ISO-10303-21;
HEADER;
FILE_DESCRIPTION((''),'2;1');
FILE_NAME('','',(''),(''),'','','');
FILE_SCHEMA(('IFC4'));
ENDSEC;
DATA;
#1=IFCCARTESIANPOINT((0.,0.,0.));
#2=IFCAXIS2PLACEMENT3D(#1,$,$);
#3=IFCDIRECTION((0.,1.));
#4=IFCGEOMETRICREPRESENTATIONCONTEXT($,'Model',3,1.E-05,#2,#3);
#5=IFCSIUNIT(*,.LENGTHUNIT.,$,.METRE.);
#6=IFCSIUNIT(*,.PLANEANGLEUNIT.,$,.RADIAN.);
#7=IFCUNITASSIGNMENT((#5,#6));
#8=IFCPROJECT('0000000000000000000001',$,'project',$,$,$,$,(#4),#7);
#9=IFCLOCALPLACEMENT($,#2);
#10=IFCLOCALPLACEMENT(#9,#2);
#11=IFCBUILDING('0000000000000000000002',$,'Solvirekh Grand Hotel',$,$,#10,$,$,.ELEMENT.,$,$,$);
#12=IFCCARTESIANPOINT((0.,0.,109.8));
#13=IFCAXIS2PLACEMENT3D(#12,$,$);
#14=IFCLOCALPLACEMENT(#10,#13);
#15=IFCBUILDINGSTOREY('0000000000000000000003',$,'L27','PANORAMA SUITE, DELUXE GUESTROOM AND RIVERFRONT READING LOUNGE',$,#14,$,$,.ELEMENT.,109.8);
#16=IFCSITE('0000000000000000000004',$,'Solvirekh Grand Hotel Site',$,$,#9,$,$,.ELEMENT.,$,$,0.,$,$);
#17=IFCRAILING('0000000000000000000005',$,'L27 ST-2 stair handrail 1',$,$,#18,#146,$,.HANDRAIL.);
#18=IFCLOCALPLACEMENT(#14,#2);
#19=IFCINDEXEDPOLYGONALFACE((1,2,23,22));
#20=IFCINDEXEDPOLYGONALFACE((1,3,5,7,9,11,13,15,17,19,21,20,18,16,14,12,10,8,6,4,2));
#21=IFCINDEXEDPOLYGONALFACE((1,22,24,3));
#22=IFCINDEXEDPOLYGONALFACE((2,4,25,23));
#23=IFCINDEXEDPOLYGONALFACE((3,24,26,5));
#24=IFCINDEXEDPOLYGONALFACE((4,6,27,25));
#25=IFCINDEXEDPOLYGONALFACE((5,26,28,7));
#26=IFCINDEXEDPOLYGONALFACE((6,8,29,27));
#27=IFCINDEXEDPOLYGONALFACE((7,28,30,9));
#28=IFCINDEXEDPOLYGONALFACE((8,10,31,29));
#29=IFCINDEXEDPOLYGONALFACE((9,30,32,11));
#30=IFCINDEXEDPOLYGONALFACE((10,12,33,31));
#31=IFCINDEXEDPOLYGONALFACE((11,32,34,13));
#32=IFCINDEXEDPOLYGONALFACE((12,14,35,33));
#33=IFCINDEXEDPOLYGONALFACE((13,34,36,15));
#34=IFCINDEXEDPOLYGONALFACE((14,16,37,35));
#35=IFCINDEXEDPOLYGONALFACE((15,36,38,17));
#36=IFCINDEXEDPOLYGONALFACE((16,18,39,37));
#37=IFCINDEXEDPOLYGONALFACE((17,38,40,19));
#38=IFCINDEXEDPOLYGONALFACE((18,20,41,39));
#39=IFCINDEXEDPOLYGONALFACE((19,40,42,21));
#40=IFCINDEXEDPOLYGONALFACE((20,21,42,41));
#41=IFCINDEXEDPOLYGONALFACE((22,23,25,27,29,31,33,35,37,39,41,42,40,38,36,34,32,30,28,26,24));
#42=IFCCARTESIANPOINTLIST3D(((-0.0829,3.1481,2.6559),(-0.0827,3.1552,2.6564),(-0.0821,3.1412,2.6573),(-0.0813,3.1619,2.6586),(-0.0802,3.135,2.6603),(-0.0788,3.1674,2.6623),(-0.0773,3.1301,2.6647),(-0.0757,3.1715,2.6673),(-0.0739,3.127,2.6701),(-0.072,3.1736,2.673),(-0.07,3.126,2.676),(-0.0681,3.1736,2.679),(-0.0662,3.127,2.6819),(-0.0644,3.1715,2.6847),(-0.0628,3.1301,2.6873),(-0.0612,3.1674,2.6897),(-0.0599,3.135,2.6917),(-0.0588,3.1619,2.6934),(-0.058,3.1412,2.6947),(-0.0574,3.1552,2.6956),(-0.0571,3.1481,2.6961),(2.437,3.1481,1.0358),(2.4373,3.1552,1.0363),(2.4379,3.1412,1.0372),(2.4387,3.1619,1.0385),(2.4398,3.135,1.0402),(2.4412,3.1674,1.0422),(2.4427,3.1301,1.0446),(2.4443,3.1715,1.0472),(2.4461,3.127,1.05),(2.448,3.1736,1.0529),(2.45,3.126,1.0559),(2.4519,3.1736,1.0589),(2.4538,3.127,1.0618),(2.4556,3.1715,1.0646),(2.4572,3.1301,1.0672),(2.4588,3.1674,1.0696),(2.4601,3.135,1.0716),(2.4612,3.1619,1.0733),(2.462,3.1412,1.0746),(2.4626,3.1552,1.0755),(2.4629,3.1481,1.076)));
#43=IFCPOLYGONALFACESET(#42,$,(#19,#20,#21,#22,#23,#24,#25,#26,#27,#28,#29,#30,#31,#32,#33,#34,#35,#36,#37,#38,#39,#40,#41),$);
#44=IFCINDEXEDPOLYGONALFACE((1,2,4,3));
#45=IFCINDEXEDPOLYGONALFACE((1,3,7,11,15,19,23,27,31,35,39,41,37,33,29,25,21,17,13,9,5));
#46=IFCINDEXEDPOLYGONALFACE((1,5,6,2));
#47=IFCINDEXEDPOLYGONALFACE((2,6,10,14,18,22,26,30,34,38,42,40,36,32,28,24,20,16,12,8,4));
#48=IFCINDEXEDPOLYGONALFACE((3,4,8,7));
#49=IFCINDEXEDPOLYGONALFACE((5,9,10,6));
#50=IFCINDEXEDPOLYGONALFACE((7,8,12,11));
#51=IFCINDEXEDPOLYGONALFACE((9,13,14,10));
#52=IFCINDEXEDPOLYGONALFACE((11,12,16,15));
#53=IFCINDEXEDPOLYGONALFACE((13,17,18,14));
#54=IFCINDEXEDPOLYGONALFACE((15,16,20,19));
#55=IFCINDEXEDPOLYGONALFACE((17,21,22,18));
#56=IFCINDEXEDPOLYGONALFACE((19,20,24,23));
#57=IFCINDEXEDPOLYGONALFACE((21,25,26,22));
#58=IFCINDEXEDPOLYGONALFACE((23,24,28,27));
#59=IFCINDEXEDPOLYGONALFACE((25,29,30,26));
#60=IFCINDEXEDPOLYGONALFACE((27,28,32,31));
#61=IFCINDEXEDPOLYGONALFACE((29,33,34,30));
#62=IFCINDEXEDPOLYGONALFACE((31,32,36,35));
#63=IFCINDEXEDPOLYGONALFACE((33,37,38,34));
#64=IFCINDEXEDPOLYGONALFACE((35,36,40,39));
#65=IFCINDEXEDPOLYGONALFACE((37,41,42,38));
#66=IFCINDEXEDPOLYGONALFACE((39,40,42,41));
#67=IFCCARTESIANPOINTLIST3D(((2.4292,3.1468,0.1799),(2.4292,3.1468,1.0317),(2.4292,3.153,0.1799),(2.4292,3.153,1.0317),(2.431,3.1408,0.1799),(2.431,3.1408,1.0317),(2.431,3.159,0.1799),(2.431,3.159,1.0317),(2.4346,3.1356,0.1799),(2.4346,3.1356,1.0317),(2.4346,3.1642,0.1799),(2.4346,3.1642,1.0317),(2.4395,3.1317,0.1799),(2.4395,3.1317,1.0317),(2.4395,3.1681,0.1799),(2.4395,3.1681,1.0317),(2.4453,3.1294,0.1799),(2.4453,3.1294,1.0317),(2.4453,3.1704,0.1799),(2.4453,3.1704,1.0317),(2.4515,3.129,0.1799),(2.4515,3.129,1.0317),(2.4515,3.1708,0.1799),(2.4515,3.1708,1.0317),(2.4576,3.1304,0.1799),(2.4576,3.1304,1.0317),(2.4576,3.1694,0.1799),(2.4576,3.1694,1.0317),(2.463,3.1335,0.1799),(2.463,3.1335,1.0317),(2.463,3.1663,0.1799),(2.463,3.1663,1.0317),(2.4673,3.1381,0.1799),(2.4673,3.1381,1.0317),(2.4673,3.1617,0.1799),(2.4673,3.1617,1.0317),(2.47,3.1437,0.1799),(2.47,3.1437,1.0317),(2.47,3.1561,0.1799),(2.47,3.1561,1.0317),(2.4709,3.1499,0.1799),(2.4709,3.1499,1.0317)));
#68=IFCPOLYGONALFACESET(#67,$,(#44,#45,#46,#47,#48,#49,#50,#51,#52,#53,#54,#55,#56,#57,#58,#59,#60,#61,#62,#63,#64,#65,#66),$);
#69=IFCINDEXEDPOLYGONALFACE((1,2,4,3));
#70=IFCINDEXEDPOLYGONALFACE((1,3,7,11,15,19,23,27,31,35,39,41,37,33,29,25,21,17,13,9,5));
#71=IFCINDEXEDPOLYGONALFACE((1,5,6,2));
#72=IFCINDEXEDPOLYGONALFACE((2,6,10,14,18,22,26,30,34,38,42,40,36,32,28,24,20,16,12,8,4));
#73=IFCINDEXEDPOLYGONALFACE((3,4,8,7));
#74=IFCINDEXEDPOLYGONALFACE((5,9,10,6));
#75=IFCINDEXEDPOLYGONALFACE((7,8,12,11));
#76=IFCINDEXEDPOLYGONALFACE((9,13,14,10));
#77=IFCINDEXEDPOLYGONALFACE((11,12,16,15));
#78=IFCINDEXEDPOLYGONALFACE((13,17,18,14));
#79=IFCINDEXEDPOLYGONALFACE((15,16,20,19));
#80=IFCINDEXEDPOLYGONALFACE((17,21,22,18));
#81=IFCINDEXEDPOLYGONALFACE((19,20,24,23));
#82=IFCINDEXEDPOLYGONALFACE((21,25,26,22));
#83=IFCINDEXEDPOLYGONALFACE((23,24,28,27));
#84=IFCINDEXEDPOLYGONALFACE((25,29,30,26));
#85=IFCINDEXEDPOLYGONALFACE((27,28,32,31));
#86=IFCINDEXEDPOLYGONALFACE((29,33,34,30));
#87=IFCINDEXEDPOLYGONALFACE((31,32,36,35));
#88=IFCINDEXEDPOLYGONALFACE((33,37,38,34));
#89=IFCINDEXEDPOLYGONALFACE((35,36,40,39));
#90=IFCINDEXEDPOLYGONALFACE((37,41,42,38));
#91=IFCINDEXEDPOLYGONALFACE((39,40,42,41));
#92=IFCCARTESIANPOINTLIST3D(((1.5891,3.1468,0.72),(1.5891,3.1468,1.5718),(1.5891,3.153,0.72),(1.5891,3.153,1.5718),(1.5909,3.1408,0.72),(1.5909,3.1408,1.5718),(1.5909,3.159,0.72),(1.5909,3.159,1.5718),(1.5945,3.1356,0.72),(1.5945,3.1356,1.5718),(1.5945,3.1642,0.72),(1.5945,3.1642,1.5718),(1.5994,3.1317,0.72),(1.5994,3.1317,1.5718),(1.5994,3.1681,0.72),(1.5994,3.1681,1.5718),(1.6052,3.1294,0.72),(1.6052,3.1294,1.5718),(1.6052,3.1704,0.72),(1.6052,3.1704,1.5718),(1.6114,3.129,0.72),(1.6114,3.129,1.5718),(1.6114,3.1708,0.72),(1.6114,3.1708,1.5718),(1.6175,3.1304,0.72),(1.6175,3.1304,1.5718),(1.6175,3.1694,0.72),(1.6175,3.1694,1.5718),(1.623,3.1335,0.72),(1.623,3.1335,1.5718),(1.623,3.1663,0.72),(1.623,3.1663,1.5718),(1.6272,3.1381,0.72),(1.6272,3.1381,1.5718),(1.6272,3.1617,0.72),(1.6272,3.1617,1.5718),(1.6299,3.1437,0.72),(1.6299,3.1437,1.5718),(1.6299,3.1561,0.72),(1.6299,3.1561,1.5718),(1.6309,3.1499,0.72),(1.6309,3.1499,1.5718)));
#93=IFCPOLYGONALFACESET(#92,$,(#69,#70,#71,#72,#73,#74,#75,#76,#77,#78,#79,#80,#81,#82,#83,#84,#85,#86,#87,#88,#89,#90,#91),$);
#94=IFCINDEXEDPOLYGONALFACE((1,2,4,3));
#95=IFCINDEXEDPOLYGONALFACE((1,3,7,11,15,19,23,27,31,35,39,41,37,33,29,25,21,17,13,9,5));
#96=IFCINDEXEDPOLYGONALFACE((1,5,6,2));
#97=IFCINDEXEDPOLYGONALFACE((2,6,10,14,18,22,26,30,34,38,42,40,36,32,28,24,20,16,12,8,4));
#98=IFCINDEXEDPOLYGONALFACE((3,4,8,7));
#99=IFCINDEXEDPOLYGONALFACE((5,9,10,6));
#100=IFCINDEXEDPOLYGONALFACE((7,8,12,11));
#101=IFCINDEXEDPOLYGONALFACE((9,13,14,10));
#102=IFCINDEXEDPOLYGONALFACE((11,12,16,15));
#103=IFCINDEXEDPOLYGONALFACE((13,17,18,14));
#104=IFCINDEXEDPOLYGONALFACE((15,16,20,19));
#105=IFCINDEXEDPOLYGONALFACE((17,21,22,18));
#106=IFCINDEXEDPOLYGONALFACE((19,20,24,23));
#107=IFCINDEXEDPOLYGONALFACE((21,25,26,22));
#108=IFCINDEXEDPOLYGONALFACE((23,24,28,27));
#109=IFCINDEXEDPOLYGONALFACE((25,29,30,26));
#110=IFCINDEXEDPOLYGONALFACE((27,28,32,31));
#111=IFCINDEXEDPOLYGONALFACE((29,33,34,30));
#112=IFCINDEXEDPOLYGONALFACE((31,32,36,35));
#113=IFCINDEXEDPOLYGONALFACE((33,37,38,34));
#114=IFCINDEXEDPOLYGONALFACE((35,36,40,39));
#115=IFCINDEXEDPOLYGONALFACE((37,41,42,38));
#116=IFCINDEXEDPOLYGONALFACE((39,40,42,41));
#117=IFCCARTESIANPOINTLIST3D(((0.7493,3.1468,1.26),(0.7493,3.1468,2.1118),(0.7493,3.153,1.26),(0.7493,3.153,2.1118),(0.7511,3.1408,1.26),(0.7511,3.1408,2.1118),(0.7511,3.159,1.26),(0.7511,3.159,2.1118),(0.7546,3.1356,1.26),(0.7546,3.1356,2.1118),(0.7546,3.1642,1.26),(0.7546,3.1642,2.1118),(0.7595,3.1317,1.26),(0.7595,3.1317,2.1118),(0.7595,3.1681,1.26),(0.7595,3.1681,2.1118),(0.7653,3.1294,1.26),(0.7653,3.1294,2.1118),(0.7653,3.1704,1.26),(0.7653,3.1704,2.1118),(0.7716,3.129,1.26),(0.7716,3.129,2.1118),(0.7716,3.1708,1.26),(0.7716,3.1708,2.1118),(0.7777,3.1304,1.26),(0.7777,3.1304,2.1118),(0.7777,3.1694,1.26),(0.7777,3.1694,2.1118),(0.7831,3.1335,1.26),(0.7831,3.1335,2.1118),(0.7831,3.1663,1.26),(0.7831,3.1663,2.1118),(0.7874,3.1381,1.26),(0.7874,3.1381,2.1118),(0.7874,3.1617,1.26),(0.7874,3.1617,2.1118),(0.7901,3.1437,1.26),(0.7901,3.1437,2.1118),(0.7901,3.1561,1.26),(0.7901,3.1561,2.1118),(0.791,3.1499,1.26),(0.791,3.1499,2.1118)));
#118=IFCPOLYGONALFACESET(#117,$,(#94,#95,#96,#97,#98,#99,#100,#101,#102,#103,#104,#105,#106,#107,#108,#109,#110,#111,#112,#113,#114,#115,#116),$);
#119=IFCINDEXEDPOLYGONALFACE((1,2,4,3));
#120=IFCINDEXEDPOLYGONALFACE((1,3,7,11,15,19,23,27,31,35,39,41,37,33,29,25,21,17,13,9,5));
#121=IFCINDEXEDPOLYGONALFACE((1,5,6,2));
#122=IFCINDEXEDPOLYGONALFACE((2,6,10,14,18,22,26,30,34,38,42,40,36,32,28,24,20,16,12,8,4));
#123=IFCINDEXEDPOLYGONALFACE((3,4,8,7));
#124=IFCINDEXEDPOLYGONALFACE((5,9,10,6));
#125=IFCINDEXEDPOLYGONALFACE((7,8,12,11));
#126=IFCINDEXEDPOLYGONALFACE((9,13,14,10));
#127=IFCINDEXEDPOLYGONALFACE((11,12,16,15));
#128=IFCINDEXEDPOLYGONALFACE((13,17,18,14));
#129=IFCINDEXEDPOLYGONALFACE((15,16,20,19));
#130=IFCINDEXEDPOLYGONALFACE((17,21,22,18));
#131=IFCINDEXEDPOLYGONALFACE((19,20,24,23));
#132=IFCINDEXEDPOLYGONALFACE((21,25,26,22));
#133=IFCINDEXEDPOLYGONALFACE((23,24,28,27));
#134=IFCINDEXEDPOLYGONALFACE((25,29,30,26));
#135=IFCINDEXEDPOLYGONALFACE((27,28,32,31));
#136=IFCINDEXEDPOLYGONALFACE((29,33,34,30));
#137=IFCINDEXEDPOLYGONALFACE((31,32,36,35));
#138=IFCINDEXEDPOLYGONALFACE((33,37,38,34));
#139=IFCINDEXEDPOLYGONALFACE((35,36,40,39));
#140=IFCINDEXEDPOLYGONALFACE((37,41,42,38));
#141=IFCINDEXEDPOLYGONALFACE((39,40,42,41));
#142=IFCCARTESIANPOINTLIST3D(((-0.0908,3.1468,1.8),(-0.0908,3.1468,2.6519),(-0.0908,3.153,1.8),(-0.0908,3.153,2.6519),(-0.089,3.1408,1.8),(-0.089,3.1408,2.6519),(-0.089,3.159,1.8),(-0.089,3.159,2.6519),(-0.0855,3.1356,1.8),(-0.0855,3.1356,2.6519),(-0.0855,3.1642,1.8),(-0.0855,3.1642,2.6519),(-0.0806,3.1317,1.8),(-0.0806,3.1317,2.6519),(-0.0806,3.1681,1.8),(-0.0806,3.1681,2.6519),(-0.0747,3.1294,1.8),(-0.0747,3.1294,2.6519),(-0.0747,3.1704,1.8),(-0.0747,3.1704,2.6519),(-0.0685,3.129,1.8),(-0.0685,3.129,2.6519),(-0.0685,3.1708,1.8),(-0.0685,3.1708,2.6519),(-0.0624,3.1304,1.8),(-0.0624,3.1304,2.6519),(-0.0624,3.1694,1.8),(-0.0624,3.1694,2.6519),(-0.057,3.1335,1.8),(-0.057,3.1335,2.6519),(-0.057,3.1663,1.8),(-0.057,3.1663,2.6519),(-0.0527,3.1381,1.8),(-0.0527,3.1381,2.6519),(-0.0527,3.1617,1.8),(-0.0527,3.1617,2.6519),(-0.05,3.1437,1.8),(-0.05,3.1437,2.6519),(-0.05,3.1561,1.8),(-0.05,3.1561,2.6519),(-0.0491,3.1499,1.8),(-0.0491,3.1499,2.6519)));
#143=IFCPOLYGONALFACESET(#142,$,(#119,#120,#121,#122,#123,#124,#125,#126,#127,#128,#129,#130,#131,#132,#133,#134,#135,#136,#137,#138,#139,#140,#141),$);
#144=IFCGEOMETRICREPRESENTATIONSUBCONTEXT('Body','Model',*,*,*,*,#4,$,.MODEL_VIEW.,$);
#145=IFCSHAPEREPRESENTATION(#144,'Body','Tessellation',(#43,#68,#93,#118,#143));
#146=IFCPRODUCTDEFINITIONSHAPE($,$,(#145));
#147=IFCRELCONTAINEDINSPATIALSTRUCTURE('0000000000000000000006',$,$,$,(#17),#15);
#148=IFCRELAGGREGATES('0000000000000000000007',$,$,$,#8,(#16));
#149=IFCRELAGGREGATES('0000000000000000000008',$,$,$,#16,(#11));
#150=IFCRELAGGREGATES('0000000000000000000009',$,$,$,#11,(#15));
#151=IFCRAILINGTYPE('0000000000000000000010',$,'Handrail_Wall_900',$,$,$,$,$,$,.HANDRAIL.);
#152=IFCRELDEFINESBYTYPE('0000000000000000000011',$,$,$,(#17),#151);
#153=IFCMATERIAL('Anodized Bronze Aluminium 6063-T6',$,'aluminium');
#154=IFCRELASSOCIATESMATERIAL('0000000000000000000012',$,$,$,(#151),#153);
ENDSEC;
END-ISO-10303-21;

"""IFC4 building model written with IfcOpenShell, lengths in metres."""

from ifc_helpers import new_model, si_unit, direction, frame, origin, origin_2d, place, context, subcontext, project, spatial, circle, extrude, material, type_object, element, save


model = new_model("IFC4")

# Units and contexts
model_context = context("Model", 3, precision=1e-05, world=origin(), true_north=direction((0.0, 1.0)))
body_context = subcontext(model_context, "Body", "Model", "MODEL_VIEW")
ifc_project = project(units=[si_unit("LENGTHUNIT", "METRE"), si_unit("PLANEANGLEUNIT", "RADIAN")], contexts=[model_context])

# Site, building, storey
site_placement = place(None, origin())
site = spatial("IfcSite", under=ifc_project, at=site_placement, Name="Solvirekh Grand Hotel Site", CompositionType="ELEMENT", RefElevation=0.0)
building_placement = place(site_placement, origin())
building = spatial("IfcBuilding", under=site, at=building_placement, Name="Solvirekh Grand Hotel", CompositionType="ELEMENT")
storey_placement = place(building_placement, frame((0.0, 0.0, 109.8)))
storey = spatial("IfcBuildingStorey", under=building, at=storey_placement, Name="L27", Description="PANORAMA SUITE, DELUXE GUESTROOM AND RIVERFRONT READING LOUNGE", CompositionType="ELEMENT", Elevation=109.8)

# Shared definitions
ifc_material_1 = material(Name="Anodized Bronze Aluminium 6063-T6", Category="aluminium")

# Railing
railing_type_1 = type_object("IfcRailingType", Name="Handrail_Wall_900", PredefinedType="HANDRAIL", material=ifc_material_1)
railing_1_placement = place(storey_placement, frame((2.45, 3.1499, 0.1799)))
element("IfcRailing", 1, at=railing_1_placement, inside=storey, type_object=railing_type_1, Name="L27 ST-2 stair handrail 1", PredefinedType="HANDRAIL", context=body_context, shape_type="SweptSolid", body=[
    extrude(circle(Radius=0.0239, at=origin_2d()), frame((0.0, 0.0, 0.876), z_axis=(-0.841163, 0.0, 0.540782), x_axis=(0.0, -1.0, 0.0)), (0.0, 0.0, 1.0), 2.9958),
    extrude(circle(Radius=0.021, at=origin_2d()), origin(), (0.0, 0.0, 1.0), 0.8518),
    extrude(circle(Radius=0.021, at=origin_2d()), frame((-0.8401, 0.0, 0.54)), (0.0, 0.0, 1.0), 0.8518),
    extrude(circle(Radius=0.021, at=origin_2d()), frame((-1.6799, 0.0, 1.0801)), (0.0, 0.0, 1.0), 0.8518),
    extrude(circle(Radius=0.021, at=origin_2d()), frame((-2.52, 0.0, 1.6201)), (0.0, 0.0, 1.0), 0.8518),
])

save(model, "model.ifc")
